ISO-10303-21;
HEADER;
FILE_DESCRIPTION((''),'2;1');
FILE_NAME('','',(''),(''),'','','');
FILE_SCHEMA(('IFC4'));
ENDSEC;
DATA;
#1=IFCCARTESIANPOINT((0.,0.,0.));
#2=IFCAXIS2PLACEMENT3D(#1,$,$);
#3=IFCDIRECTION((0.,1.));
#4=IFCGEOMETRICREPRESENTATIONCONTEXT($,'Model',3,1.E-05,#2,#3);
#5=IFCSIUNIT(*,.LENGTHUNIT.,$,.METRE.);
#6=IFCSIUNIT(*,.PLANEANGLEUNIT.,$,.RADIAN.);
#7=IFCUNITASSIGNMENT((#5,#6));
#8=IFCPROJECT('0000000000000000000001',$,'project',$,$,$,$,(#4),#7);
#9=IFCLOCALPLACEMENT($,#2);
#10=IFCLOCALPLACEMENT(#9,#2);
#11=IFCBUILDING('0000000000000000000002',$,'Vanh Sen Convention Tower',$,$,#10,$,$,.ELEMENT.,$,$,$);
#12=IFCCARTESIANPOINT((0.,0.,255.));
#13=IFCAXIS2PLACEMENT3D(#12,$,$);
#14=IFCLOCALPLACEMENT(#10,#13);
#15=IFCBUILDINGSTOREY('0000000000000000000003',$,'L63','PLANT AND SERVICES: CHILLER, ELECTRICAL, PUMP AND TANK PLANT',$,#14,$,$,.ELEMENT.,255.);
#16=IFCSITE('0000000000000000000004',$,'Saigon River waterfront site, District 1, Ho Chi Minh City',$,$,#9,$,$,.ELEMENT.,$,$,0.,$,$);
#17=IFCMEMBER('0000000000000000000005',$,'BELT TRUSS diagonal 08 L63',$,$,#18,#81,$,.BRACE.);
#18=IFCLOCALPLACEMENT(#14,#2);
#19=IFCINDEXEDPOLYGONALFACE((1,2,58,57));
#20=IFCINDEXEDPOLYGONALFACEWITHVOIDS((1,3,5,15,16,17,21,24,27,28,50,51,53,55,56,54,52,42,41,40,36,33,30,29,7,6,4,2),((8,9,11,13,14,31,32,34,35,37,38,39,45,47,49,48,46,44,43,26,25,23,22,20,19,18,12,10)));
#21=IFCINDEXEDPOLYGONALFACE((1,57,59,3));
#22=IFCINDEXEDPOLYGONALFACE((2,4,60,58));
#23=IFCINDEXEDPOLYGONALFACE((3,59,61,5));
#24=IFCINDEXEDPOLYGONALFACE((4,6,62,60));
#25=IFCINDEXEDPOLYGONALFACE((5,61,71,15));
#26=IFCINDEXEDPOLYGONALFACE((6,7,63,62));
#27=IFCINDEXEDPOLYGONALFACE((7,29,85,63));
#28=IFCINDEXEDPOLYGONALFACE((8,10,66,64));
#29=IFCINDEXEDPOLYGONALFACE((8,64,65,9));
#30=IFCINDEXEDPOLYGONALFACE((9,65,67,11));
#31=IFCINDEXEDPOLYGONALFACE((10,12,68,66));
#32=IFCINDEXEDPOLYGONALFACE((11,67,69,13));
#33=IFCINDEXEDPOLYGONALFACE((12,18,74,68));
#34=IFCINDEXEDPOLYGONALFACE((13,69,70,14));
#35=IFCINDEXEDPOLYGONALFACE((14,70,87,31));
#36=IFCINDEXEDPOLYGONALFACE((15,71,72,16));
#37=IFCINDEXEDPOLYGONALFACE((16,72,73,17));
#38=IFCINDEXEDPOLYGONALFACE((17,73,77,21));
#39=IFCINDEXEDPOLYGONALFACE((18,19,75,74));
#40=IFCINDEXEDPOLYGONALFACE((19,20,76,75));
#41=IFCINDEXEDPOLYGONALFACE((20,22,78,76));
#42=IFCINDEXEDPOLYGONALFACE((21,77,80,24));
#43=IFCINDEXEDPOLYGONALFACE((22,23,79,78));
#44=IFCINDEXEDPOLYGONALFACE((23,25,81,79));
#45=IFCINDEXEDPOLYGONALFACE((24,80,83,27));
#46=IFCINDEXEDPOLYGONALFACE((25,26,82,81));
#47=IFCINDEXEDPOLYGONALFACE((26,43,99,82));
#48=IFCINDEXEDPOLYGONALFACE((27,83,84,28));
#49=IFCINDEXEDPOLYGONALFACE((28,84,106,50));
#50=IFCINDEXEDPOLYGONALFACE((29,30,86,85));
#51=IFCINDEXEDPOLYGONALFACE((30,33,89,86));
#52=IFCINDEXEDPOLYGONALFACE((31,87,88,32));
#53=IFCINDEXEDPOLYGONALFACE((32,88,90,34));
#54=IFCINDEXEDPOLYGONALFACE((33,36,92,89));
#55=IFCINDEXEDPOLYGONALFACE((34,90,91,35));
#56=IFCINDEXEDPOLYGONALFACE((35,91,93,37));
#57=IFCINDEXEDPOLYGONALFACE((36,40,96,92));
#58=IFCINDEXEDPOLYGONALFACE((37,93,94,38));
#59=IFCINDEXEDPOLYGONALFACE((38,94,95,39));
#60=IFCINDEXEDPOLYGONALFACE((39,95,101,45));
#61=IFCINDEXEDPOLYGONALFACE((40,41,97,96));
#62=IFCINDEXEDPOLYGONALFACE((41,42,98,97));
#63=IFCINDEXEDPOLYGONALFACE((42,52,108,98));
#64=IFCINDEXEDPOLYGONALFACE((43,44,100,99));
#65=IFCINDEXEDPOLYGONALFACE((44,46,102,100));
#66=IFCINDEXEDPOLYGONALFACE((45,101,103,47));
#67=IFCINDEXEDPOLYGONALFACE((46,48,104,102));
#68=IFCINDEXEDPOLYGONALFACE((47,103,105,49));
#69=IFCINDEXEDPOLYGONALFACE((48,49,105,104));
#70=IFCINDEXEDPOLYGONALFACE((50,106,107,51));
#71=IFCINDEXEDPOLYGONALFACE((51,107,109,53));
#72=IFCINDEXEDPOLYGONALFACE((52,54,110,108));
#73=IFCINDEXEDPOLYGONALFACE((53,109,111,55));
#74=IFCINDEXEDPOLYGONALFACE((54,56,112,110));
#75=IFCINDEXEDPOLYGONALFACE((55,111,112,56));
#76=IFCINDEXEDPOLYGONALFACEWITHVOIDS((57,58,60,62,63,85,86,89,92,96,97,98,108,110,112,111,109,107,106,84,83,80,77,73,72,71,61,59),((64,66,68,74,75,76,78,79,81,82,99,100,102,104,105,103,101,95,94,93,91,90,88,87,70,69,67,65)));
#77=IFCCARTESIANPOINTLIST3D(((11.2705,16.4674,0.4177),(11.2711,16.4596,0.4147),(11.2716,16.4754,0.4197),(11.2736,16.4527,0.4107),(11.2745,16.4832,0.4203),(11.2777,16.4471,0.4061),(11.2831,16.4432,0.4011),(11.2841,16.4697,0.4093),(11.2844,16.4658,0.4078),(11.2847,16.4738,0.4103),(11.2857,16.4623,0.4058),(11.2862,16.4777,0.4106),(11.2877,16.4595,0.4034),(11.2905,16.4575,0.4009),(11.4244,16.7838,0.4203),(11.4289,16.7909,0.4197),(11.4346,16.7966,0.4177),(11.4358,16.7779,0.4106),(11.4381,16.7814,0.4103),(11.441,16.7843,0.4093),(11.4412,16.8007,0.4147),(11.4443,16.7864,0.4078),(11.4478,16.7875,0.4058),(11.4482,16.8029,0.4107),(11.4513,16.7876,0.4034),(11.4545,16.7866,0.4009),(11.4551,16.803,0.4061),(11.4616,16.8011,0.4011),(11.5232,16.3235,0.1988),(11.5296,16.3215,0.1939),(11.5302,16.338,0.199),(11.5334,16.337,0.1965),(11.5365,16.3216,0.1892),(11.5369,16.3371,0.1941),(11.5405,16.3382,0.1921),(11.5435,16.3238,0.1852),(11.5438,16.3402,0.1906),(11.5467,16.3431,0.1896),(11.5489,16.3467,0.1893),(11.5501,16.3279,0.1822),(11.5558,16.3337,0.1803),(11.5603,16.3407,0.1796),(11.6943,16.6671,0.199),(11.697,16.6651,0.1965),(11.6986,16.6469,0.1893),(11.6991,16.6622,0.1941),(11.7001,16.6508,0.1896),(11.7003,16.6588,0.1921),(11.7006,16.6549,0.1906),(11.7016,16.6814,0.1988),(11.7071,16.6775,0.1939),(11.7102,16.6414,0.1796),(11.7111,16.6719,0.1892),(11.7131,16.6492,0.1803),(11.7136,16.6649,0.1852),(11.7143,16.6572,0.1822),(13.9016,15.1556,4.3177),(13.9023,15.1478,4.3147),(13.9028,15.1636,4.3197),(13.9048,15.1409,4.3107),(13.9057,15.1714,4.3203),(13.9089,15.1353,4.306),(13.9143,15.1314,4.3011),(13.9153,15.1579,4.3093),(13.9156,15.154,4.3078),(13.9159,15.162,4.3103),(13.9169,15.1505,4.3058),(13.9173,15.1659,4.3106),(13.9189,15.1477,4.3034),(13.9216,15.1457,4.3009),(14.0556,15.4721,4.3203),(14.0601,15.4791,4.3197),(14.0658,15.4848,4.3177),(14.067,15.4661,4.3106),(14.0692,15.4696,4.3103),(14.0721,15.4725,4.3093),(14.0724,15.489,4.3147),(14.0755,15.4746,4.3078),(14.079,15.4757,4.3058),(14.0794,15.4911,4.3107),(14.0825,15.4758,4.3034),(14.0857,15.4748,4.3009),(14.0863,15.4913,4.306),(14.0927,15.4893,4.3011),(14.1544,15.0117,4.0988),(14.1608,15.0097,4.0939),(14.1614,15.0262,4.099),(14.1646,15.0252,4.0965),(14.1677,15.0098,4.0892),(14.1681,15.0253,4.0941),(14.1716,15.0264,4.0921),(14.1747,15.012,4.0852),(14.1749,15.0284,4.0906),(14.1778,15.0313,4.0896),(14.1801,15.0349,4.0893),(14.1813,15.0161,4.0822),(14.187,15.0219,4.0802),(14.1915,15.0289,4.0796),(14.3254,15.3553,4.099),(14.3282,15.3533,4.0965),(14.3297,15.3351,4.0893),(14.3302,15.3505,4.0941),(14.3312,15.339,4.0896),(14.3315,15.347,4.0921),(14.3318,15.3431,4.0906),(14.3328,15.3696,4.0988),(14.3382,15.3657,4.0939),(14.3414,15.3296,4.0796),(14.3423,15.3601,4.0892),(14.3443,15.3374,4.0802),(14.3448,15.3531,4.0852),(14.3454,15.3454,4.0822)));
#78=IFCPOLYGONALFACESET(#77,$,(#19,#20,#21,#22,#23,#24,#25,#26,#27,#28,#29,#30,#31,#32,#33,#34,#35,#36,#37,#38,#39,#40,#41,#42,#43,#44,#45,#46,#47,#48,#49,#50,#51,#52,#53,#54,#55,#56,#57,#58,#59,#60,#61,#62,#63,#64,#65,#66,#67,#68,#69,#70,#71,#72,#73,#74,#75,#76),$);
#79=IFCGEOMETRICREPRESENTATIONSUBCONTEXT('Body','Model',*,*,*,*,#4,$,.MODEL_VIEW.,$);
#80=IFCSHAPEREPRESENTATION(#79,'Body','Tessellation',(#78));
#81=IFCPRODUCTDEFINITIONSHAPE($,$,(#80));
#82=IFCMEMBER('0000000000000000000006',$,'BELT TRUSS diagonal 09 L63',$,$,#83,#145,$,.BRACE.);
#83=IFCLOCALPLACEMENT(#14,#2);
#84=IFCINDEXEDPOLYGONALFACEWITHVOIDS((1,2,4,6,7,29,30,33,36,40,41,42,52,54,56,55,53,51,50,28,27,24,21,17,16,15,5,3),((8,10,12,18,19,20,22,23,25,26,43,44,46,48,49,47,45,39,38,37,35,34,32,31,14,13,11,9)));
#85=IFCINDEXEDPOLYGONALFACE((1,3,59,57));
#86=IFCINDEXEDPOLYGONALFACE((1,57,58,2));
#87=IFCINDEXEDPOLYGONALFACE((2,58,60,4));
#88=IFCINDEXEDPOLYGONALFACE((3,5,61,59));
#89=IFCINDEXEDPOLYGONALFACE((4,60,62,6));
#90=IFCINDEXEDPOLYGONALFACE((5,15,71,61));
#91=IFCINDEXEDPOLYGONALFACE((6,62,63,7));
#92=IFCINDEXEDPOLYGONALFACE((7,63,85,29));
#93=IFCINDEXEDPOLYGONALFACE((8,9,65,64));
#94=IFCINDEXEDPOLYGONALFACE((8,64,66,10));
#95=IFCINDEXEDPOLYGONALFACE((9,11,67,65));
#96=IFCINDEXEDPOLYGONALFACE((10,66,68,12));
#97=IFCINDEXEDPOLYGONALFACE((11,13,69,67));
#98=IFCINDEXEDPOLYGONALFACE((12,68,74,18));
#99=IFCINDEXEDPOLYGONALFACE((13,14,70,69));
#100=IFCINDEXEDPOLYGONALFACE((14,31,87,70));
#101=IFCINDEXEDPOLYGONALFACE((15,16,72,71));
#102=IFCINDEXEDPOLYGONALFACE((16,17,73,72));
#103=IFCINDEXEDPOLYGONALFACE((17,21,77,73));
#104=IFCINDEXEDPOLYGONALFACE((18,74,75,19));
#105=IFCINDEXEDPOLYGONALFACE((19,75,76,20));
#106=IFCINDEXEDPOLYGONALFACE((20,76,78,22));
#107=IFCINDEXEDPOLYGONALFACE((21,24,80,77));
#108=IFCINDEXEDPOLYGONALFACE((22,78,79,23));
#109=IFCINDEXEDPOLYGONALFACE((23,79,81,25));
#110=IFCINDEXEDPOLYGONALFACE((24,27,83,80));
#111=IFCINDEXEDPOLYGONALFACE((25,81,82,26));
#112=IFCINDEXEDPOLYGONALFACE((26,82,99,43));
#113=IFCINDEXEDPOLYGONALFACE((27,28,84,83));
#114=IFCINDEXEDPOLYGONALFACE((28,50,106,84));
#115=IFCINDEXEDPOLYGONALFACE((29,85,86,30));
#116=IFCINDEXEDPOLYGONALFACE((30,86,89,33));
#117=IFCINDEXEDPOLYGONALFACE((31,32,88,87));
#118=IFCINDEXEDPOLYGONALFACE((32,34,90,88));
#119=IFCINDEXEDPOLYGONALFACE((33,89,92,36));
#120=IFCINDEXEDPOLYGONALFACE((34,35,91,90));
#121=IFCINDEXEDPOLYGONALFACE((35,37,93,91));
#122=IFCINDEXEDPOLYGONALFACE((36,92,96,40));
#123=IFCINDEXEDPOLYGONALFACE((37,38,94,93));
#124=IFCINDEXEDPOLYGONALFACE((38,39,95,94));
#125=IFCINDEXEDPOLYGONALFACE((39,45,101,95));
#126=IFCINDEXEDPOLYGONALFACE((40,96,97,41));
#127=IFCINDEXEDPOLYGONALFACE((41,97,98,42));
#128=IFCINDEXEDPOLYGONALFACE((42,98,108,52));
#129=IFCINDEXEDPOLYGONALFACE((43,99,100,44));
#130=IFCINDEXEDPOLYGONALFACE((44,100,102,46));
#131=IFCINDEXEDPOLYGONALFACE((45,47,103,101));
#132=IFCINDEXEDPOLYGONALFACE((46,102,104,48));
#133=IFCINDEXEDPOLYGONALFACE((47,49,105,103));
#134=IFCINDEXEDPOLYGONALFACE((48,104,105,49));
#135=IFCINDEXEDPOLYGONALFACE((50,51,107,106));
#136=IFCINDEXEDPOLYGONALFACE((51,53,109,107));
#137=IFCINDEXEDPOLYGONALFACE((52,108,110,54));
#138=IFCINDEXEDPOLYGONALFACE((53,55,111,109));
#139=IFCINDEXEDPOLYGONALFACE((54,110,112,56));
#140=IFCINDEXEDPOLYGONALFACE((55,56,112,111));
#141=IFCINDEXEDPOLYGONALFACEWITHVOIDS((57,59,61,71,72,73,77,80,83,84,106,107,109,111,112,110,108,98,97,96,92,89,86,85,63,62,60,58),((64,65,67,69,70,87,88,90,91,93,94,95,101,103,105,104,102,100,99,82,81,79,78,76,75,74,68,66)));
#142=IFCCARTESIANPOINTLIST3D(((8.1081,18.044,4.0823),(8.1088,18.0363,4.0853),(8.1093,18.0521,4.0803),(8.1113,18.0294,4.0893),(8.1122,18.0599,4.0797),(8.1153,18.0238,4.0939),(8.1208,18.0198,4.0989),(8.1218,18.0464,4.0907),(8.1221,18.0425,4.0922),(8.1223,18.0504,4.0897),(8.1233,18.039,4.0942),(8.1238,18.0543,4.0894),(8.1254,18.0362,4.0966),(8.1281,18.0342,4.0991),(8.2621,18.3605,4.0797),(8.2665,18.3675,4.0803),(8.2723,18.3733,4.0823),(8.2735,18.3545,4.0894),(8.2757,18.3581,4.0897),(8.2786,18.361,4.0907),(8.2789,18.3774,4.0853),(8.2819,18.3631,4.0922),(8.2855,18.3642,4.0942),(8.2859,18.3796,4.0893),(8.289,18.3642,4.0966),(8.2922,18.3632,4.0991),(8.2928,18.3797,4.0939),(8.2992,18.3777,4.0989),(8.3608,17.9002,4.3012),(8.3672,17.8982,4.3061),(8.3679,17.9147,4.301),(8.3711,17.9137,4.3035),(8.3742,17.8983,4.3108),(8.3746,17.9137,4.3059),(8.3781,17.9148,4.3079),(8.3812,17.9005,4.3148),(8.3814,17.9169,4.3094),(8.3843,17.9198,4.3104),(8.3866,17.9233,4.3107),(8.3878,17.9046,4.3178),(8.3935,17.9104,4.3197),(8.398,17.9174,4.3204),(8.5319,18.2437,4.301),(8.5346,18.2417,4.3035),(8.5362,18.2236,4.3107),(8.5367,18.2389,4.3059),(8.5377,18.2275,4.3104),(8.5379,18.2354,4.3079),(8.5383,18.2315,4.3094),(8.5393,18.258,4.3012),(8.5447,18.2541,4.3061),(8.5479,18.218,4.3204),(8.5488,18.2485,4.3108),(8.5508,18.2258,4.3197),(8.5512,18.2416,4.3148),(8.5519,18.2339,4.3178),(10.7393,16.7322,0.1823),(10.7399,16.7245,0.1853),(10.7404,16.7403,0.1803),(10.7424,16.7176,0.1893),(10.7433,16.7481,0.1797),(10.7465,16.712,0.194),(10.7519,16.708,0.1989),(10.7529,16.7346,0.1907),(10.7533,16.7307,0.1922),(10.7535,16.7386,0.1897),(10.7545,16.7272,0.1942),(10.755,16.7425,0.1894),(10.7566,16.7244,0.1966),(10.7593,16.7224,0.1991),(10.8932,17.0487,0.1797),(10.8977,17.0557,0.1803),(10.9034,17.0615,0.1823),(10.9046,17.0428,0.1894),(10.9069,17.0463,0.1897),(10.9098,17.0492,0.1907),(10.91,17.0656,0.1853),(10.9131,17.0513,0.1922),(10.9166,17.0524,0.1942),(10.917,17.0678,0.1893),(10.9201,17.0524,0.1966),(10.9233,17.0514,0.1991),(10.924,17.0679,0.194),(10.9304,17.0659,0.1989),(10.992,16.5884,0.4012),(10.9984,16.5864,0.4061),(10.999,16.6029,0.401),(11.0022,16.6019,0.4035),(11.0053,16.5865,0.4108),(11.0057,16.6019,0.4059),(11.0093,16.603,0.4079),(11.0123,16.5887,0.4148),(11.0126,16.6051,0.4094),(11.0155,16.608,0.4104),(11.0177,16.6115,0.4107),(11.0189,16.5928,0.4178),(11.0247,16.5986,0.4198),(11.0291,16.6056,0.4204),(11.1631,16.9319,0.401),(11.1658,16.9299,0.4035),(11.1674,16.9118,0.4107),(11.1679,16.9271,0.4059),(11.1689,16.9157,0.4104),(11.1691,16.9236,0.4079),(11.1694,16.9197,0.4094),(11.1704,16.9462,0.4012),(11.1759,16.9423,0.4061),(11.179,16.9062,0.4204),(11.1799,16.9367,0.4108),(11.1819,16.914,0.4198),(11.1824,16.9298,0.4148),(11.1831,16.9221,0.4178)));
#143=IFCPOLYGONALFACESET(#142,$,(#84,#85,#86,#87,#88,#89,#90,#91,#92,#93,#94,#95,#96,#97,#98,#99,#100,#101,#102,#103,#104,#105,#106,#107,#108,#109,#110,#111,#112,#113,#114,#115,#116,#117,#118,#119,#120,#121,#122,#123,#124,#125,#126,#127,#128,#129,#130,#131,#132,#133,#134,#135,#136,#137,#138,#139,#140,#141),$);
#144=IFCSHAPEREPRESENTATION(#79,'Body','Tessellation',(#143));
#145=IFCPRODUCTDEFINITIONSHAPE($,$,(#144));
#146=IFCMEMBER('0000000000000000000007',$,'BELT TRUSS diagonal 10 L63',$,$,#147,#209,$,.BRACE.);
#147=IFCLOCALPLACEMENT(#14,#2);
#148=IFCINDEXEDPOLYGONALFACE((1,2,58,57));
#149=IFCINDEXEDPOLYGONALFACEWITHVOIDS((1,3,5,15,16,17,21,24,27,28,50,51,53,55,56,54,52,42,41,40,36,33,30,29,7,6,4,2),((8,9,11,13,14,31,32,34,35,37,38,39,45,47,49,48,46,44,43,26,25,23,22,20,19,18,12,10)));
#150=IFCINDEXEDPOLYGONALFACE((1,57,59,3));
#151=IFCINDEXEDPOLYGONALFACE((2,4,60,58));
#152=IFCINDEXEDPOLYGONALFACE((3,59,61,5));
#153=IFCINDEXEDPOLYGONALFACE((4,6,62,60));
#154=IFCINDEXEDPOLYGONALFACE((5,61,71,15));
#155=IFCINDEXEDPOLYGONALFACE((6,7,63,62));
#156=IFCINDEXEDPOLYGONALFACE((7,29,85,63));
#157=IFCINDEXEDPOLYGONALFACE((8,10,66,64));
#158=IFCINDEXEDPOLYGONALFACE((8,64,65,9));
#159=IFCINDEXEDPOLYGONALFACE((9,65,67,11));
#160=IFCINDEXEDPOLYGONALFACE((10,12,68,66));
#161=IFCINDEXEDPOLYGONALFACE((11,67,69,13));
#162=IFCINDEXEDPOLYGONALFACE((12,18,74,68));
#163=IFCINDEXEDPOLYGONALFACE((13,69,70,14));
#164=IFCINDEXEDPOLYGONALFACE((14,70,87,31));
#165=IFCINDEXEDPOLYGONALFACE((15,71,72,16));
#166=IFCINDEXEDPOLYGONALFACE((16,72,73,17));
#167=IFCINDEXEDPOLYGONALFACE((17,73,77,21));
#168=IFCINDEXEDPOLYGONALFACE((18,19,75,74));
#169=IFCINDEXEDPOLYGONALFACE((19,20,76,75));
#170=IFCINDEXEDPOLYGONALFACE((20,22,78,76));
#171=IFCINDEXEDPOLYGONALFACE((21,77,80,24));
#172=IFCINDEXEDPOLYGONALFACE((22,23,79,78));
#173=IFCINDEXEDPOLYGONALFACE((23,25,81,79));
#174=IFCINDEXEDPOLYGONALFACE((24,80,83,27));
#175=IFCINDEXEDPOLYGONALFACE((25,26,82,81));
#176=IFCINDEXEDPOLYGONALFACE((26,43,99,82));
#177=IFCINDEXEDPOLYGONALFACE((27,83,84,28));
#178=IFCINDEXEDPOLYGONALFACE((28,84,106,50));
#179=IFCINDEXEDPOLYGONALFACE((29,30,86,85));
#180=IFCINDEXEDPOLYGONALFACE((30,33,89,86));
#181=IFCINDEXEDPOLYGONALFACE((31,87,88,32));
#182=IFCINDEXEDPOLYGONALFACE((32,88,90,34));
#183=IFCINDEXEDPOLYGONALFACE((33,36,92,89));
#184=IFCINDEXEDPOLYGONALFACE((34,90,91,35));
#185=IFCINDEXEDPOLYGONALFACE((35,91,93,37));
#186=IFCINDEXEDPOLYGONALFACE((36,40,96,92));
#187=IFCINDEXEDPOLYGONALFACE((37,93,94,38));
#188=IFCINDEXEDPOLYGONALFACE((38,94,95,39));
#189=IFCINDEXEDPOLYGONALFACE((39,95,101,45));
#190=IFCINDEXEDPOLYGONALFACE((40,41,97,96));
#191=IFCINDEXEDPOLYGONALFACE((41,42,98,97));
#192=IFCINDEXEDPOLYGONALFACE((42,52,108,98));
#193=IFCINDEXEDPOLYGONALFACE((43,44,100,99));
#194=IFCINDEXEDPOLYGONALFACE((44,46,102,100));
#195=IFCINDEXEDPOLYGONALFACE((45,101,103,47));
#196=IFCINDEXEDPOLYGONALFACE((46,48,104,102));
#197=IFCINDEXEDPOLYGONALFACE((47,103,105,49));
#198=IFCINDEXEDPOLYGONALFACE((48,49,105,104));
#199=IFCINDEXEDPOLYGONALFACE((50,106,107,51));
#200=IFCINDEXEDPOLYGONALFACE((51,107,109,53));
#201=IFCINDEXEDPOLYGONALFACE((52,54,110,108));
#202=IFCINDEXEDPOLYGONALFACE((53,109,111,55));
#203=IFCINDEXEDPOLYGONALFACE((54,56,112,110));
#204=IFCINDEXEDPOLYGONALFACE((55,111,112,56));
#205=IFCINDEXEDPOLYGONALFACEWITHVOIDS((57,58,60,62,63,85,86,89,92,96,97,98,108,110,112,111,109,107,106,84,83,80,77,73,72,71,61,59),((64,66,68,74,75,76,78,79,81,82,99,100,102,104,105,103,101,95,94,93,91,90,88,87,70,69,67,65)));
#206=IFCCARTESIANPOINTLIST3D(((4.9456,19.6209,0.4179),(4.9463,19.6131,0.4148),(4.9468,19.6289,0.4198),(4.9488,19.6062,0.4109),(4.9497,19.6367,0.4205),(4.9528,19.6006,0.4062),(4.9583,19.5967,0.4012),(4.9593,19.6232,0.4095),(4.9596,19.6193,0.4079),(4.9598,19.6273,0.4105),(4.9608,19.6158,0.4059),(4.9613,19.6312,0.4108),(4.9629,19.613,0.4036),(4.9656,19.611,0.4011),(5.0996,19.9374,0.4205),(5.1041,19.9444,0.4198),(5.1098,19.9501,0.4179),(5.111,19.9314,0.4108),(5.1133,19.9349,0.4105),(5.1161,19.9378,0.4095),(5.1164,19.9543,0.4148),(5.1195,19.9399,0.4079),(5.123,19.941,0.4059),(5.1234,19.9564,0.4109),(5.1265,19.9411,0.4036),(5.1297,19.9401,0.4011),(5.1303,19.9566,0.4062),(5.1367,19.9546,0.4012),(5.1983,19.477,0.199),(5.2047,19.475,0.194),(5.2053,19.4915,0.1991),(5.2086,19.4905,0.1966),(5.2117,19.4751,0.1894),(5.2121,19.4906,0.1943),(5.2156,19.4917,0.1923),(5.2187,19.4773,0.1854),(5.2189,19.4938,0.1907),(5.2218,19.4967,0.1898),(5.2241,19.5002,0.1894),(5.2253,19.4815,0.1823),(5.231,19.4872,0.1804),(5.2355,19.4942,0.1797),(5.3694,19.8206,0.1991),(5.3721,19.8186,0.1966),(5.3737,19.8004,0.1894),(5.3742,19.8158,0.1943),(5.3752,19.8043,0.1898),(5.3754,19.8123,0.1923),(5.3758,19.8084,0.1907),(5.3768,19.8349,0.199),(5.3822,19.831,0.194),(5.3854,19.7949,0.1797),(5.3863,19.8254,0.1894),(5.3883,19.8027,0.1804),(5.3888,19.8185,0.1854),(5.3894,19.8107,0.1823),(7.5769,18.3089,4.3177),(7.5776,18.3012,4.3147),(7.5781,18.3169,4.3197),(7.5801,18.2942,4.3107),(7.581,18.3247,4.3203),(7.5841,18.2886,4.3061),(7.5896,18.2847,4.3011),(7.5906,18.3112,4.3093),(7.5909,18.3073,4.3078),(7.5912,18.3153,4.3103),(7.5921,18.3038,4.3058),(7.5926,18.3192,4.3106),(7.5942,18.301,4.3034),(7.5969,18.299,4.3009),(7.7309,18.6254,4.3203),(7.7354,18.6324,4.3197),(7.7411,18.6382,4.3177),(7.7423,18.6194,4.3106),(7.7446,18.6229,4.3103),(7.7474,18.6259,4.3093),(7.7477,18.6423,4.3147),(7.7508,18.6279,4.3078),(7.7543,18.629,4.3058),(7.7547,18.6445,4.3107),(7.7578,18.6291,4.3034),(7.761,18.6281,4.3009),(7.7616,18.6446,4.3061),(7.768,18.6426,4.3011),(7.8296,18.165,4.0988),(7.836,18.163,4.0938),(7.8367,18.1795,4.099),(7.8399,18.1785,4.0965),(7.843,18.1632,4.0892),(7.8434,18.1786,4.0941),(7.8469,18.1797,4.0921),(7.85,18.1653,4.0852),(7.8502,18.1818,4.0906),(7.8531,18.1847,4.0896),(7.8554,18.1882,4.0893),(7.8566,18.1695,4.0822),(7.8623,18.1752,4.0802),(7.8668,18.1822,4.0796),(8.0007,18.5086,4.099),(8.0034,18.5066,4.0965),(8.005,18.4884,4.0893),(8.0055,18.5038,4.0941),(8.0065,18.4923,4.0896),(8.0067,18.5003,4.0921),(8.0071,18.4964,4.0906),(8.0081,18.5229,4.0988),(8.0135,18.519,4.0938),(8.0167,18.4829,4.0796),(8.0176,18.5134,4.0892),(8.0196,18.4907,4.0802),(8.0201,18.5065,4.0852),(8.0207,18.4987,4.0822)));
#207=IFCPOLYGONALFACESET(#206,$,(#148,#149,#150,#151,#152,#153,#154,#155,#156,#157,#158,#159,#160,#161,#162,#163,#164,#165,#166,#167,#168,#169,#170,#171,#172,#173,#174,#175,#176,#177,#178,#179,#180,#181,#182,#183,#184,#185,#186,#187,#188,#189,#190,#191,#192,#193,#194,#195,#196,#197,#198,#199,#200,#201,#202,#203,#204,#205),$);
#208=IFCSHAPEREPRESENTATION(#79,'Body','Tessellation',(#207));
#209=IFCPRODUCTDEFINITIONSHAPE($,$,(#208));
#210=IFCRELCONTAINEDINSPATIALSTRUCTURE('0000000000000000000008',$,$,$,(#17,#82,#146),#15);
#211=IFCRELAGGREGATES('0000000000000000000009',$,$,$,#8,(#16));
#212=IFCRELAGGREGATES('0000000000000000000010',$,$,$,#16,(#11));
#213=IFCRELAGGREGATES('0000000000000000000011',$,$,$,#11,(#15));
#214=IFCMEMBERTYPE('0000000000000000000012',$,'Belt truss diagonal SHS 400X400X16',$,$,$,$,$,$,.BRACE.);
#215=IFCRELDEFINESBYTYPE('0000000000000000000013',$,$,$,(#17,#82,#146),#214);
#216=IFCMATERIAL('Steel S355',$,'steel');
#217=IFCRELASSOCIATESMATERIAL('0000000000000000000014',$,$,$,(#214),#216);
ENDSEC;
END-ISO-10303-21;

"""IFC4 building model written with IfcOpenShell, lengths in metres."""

from ifc_helpers import new_model, si_unit, direction, frame, origin, origin_2d, place, context, subcontext, project, spatial, hollow_rectangle, extrude, material, material_profile, profile_set, type_object, element, save


model = new_model("IFC4")

# Units and contexts
model_context = context("Model", 3, precision=1e-05, world=origin(), true_north=direction((0.0, 1.0)))
body_context = subcontext(model_context, "Body", "Model", "MODEL_VIEW")
ifc_project = project(units=[si_unit("LENGTHUNIT", "METRE"), si_unit("PLANEANGLEUNIT", "RADIAN")], contexts=[model_context])

# Site, building, storey
site_placement = place(None, origin())
site = spatial("IfcSite", under=ifc_project, at=site_placement, Name="Saigon River waterfront site, District 1, Ho Chi Minh City", CompositionType="ELEMENT", RefElevation=0.0)
building_placement = place(site_placement, origin())
building = spatial("IfcBuilding", under=site, at=building_placement, Name="Vanh Sen Convention Tower", CompositionType="ELEMENT")
storey_placement = place(building_placement, frame((0.0, 0.0, 255.0)))
storey = spatial("IfcBuildingStorey", under=building, at=storey_placement, Name="L63", Description="PLANT AND SERVICES: CHILLER, ELECTRICAL, PUMP AND TANK PLANT", CompositionType="ELEMENT", Elevation=255.0)

# Members
ifc_material_1 = material(Name="Steel S355", Category="steel")
ifc_material_profile_1 = material_profile(ifc_material_1, hollow_rectangle(XDim=0.3999, YDim=0.3999, WallThickness=0.0161, InnerFilletRadius=0.0161, OuterFilletRadius=0.032, at=origin_2d()), Name="SHS 400X400X16")
ifc_profile_set_1 = profile_set([ifc_material_profile_1], Name="Steel S355")
member_type_1 = type_object("IfcMemberType", Name="Belt truss diagonal SHS 400X400X16", PredefinedType="BRACE", material=ifc_profile_set_1)
for number, where, z_axis, x_axis, name in (
    (1, (14.1235, 15.2505, 4.2), (-0.538728, 0.268589, -0.798519), (-0.446184, -0.894941, 0.0), "BELT TRUSS diagonal 08 L63"),
    (2, (10.9612, 16.8271, 0.3), (-0.538728, 0.268589, 0.798519), (-0.446184, -0.894941, 0.0), "BELT TRUSS diagonal 09 L63"),
    (3, (7.7988, 18.4038, 4.2), (-0.538756, 0.268628, -0.798487), (-0.446217, -0.894925, 0.0), "BELT TRUSS diagonal 10 L63"),
):
    element("IfcMember", number, at=place(storey_placement, frame(where, z_axis=z_axis, x_axis=x_axis)), inside=storey, type_object=member_type_1, Name=name, PredefinedType="BRACE", context=body_context, shape_type="SweptSolid", body=[
        extrude(hollow_rectangle(XDim=0.3999, YDim=0.3999, WallThickness=0.0161, InnerFilletRadius=0.0161, OuterFilletRadius=0.032, at=origin_2d()), origin(), (0.0, 0.0, 1.0), 4.884),
    ])

save(model, "model.ifc")
